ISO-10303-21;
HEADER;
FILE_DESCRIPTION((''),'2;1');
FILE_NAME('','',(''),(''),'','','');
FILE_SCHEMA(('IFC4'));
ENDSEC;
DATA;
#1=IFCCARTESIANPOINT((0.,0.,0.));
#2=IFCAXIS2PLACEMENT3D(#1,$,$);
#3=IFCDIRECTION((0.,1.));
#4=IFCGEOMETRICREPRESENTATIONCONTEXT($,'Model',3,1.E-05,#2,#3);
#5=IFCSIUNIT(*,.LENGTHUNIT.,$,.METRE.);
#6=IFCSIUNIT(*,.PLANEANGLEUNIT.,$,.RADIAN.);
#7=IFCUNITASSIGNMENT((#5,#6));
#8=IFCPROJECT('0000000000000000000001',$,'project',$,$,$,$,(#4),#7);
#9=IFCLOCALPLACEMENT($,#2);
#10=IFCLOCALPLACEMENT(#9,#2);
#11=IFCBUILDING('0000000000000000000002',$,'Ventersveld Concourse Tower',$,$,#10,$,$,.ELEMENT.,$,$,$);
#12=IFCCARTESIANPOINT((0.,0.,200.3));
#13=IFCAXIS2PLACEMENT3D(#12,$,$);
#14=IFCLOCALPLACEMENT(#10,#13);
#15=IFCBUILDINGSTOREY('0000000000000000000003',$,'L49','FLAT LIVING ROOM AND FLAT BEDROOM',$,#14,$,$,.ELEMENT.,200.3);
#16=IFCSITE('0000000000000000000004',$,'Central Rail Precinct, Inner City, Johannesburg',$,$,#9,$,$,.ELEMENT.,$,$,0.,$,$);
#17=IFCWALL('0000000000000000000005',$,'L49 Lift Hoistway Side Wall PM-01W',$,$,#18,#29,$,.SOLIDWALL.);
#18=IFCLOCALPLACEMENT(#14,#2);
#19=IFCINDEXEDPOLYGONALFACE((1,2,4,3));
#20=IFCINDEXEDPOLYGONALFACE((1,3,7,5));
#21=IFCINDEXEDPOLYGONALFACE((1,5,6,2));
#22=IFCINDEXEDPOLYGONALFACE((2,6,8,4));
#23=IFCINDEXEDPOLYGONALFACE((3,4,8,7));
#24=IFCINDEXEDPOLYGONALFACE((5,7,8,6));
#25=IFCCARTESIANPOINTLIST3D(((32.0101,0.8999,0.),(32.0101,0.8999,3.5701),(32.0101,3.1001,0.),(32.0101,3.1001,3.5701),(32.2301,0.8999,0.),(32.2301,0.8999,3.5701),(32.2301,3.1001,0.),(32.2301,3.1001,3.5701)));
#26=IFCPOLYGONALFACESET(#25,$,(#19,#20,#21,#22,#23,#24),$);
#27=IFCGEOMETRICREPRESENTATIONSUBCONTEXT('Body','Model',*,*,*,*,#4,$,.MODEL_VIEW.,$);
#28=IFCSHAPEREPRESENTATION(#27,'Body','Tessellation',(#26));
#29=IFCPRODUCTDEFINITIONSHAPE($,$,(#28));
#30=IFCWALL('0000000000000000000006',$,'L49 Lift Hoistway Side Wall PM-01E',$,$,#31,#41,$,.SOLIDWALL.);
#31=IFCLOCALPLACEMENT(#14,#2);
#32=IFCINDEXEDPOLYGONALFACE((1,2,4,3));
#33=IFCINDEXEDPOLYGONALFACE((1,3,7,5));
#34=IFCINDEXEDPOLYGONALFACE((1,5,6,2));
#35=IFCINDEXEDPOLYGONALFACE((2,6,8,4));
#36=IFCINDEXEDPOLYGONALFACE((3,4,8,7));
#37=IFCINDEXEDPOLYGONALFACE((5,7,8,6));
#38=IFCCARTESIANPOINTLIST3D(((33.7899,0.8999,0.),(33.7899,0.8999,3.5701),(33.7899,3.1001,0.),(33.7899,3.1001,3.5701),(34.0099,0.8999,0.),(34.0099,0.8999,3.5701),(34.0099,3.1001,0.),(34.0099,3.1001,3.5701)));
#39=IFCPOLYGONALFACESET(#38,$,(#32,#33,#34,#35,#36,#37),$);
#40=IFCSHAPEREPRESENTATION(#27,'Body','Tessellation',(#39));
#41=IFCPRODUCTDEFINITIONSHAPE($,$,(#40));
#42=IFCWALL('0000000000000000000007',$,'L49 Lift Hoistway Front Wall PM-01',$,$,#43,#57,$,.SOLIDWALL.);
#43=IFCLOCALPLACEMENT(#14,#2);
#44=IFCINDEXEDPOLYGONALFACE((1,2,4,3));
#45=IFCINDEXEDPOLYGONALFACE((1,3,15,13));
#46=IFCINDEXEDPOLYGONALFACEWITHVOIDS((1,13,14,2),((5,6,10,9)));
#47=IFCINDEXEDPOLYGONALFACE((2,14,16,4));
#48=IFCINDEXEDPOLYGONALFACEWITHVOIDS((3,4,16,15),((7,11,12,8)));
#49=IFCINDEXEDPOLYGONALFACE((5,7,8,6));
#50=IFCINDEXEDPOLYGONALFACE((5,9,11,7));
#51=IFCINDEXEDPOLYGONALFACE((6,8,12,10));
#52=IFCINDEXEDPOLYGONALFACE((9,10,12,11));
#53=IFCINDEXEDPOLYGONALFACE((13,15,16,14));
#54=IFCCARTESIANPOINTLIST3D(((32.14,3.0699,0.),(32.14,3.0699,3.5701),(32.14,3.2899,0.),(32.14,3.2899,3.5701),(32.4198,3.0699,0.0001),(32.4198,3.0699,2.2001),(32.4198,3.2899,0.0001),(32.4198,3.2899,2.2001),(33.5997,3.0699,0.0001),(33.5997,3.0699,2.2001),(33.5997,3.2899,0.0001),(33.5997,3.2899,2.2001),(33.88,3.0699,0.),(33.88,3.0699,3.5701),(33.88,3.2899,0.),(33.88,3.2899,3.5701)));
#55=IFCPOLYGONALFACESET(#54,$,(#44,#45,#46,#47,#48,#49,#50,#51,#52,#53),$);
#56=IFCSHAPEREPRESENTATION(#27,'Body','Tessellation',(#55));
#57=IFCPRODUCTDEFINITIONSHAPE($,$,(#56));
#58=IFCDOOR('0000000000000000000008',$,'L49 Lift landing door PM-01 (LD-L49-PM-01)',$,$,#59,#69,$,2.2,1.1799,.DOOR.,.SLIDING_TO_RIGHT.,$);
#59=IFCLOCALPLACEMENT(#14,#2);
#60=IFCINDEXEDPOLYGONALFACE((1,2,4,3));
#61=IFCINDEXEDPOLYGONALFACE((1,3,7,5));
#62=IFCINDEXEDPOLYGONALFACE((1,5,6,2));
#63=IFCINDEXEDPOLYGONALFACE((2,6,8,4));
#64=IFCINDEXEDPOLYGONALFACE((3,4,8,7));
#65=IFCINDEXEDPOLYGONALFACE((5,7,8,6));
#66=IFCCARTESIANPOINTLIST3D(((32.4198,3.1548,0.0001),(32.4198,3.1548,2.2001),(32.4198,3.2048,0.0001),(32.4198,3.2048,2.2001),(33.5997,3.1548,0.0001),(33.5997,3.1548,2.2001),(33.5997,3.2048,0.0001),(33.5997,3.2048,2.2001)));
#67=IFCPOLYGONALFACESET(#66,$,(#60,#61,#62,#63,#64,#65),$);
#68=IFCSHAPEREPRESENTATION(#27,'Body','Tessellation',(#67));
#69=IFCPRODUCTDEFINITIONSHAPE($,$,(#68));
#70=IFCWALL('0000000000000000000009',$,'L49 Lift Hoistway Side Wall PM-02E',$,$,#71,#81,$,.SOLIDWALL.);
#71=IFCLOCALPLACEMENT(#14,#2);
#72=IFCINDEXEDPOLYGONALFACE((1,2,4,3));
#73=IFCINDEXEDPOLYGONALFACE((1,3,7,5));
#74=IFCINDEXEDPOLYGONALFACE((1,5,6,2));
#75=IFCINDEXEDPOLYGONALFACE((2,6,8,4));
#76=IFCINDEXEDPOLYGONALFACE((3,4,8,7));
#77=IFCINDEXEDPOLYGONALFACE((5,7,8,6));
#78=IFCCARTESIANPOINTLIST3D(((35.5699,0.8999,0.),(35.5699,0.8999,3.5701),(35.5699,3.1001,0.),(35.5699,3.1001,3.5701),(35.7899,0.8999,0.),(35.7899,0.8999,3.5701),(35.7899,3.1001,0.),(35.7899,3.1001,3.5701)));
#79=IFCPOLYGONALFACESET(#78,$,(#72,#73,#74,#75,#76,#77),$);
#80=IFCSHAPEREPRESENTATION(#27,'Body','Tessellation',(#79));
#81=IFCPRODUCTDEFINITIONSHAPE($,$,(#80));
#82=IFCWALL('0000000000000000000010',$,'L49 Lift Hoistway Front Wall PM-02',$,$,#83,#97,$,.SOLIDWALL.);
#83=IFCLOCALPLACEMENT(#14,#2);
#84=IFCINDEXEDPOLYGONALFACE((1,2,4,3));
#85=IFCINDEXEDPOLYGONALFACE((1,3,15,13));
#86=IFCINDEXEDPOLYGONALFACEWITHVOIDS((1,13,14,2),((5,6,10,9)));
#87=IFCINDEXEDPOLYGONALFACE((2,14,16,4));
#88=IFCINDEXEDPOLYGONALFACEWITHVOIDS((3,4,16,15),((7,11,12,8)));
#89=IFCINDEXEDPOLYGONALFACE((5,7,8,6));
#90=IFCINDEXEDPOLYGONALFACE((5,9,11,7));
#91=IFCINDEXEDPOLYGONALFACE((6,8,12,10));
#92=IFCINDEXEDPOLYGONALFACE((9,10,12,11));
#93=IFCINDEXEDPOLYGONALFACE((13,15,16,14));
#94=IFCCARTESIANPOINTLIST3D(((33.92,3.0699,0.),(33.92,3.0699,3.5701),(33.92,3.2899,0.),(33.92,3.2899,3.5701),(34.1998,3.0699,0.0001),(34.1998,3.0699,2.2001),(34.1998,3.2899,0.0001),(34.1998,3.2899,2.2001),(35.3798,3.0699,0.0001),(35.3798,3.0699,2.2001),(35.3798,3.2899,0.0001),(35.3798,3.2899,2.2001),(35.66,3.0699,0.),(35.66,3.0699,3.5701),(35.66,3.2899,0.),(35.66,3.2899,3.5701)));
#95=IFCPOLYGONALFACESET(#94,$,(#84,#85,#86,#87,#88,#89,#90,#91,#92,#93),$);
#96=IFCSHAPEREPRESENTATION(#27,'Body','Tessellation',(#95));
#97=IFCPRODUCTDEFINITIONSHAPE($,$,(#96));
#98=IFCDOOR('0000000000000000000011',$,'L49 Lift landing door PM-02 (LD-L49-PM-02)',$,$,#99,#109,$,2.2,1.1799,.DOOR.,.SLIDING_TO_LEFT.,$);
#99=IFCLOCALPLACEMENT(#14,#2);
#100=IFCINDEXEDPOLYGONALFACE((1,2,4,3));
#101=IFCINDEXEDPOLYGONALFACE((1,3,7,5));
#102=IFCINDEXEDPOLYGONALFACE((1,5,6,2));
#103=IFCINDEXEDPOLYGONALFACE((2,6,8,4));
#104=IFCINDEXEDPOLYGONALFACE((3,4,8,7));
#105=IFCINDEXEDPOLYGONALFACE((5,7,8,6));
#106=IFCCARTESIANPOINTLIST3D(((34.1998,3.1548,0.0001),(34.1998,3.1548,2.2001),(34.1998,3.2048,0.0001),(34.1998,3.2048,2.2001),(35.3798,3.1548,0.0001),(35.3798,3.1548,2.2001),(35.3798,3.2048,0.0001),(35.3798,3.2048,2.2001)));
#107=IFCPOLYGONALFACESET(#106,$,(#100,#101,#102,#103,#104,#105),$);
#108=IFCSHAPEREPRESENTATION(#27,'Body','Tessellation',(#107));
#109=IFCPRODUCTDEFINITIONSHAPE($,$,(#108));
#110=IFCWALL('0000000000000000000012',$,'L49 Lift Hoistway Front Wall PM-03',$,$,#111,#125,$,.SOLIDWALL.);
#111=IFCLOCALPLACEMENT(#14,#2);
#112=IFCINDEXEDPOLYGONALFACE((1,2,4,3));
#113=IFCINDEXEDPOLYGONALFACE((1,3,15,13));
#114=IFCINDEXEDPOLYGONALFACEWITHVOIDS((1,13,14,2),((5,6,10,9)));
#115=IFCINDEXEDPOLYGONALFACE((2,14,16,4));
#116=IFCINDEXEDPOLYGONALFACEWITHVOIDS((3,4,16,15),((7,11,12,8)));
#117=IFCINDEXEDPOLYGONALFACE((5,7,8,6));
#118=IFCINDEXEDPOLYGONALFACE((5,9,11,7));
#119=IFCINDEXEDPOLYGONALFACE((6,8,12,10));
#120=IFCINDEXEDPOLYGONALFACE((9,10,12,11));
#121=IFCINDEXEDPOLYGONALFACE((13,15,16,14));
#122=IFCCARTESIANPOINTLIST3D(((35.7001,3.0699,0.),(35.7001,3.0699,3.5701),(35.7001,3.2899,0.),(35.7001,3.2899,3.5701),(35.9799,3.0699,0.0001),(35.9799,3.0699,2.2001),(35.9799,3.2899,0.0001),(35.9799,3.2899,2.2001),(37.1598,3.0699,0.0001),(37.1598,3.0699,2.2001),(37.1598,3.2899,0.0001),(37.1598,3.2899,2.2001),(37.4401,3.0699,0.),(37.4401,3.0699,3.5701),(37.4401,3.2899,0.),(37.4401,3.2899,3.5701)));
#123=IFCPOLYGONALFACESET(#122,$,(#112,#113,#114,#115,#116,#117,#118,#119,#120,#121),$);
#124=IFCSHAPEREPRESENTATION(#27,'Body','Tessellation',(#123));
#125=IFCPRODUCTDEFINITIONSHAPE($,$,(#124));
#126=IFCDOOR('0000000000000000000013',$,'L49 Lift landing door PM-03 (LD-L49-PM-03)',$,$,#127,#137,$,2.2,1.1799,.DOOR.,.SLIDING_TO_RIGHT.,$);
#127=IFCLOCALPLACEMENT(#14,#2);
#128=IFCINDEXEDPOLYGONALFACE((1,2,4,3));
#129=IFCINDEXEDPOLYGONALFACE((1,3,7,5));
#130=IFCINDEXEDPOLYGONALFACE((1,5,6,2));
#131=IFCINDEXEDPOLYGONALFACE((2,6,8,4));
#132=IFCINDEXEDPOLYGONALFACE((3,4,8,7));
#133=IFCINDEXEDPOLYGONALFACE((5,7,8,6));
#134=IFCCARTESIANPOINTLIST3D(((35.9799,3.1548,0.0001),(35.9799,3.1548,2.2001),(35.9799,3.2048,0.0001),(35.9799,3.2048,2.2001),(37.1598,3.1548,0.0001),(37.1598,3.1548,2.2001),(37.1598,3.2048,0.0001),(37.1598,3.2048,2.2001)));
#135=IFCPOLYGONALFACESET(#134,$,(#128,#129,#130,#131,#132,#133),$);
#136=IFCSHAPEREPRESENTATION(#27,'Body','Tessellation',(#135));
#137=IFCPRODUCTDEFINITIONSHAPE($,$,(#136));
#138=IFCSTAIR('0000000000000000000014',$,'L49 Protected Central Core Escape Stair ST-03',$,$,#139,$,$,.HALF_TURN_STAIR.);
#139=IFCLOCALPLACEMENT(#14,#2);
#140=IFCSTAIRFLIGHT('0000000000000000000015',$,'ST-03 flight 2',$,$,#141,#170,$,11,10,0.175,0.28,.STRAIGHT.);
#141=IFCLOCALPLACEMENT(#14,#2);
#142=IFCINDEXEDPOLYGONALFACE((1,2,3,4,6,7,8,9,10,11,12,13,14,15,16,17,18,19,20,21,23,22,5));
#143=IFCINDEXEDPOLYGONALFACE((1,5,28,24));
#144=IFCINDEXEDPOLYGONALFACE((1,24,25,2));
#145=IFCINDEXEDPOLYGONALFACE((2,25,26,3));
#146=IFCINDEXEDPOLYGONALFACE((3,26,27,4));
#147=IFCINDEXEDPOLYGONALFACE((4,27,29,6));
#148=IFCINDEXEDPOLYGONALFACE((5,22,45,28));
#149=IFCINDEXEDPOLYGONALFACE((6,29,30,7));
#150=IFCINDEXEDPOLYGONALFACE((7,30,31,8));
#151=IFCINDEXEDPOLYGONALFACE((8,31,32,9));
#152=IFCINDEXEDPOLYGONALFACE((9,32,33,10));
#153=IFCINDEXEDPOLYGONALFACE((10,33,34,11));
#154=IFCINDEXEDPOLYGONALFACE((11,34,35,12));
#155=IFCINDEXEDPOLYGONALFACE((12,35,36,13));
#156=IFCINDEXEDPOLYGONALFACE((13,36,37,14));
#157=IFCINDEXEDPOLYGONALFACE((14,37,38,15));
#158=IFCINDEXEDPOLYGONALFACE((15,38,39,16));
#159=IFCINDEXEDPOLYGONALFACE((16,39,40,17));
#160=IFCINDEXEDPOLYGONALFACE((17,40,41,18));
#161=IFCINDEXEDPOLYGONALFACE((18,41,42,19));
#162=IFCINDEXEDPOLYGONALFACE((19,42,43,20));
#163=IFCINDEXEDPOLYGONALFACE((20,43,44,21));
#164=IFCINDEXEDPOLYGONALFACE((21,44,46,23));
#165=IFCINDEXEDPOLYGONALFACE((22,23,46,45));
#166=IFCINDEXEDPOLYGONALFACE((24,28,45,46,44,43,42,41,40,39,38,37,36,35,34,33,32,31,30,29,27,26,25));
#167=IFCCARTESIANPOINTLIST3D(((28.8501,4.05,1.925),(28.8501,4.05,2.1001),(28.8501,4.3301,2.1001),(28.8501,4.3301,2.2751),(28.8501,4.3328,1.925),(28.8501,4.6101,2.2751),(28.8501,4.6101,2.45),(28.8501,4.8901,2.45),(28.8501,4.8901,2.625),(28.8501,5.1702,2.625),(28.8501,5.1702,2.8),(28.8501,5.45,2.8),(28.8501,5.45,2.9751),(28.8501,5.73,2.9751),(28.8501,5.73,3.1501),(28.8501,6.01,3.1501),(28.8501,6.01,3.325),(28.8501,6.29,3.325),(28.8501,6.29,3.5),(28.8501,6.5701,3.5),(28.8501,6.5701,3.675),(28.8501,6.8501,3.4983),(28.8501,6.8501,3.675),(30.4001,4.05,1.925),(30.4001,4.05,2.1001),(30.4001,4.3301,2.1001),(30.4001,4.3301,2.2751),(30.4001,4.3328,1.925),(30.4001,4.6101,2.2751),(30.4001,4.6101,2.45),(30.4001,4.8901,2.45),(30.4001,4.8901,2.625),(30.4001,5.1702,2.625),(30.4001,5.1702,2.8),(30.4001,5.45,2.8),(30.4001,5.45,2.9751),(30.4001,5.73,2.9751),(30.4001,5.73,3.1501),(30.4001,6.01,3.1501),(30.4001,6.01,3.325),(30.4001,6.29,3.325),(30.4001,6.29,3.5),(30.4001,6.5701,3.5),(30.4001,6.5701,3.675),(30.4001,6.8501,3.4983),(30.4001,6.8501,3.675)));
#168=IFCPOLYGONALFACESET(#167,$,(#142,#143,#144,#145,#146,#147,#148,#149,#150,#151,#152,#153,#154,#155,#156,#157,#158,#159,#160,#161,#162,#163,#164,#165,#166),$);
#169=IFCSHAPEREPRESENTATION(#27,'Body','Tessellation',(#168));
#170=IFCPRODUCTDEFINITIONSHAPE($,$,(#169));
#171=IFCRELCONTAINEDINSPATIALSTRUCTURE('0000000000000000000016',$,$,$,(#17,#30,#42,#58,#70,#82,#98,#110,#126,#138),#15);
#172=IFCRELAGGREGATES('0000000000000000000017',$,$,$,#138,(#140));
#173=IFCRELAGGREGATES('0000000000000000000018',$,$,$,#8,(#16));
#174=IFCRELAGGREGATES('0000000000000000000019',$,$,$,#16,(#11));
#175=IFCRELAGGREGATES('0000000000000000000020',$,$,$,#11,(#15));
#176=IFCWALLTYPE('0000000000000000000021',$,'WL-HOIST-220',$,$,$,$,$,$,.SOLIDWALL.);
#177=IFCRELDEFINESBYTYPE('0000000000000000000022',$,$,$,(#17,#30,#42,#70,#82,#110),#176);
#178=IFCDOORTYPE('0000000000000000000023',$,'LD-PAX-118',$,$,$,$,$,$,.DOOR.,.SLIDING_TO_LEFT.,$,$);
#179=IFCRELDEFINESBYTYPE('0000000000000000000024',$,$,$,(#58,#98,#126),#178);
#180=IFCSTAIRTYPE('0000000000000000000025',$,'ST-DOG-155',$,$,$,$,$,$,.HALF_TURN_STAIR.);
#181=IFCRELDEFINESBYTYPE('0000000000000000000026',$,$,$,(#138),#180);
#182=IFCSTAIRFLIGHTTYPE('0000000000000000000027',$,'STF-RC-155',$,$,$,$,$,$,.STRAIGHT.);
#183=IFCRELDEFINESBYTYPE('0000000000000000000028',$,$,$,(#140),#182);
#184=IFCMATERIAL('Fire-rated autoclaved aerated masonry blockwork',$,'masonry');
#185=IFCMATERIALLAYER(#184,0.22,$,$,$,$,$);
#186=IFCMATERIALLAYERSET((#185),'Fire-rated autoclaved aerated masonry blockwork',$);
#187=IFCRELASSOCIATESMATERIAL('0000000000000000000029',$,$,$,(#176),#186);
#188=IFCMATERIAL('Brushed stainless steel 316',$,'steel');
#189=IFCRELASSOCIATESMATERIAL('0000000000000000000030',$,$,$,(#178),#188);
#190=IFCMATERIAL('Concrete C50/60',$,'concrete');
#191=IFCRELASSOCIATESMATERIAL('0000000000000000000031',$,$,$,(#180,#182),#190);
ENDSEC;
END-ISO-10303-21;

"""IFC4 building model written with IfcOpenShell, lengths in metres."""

from ifc_helpers import new_model, si_unit, direction, frame, frame_2d, origin, place, context, subcontext, project, spatial, polyline, rectangle, outline, extrude, material, layer, layer_set, type_object, element, fill, aggregate, save


model = new_model("IFC4")

# Units and contexts
model_context = context("Model", 3, precision=1e-05, world=origin(), true_north=direction((0.0, 1.0)))
body_context = subcontext(model_context, "Body", "Model", "MODEL_VIEW")
ifc_project = project(units=[si_unit("LENGTHUNIT", "METRE"), si_unit("PLANEANGLEUNIT", "RADIAN")], contexts=[model_context])

# Site, building, storey
site_placement = place(None, origin())
site = spatial("IfcSite", under=ifc_project, at=site_placement, Name="Central Rail Precinct, Inner City, Johannesburg", CompositionType="ELEMENT", RefElevation=0.0)
building_placement = place(site_placement, origin())
building = spatial("IfcBuilding", under=site, at=building_placement, Name="Ventersveld Concourse Tower", CompositionType="ELEMENT")
storey_placement = place(building_placement, frame((0.0, 0.0, 200.3)))
storey = spatial("IfcBuildingStorey", under=building, at=storey_placement, Name="L49", Description="FLAT LIVING ROOM AND FLAT BEDROOM", CompositionType="ELEMENT", Elevation=200.3)

# Shared definitions
ifc_material_1 = material(Name="Concrete C50/60", Category="concrete")

# Walls
ifc_material_2 = material(Name="Fire-rated autoclaved aerated masonry blockwork", Category="masonry")
ifc_layer_1 = layer(ifc_material_2, 0.22)
ifc_layer_set_1 = layer_set([ifc_layer_1], Name="Fire-rated autoclaved aerated masonry blockwork")
wall_type_1 = type_object("IfcWallType", Name="WL-HOIST-220", PredefinedType="SOLIDWALL", material=ifc_layer_set_1)
for number, where, z_axis, x_axis, name in (
    (1, (32.1201, 0.8999, 0.0), (0.0, 0.0, 1.0), (0.0, 1.0, 0.0), "L49 Lift Hoistway Side Wall PM-01W"),
    (2, (33.8999, 0.8999, 0.0), (0.0, 0.0, 1.0), (0.0, 1.0, 0.0), "L49 Lift Hoistway Side Wall PM-01E"),
):
    element("IfcWall", number, at=place(storey_placement, frame(where, z_axis=z_axis, x_axis=x_axis)), inside=storey, type_object=wall_type_1, Name=name, PredefinedType="SOLIDWALL", context=body_context, shape_type="SweptSolid", body=[
        extrude(rectangle(XDim=2.2002, YDim=0.22, at=frame_2d((1.1001, 0.0))), origin(), (0.0, 0.0, 1.0), 3.5701),
    ])

# Wall, opening, door
wall_1_placement = place(storey_placement, frame((32.1399, 3.1799, 0.0), z_axis=(0.0, 0.0, 1.0), x_axis=(1.0, 0.0, 0.0)))
wall_1 = element("IfcWall", 3, at=wall_1_placement, inside=storey, type_object=wall_type_1, Name="L49 Lift Hoistway Front Wall PM-01", PredefinedType="SOLIDWALL", context=body_context, shape_type="SweptSolid", body=[
    extrude(rectangle(XDim=1.74, YDim=0.22, at=frame_2d((0.8701, 0.0))), origin(), (0.0, 0.0, 1.0), 3.5701),
])
opening_1_placement = place(wall_1_placement, frame((0.28, 0.0, 0.0)))
opening_1 = element("IfcOpeningElement", 4, at=opening_1_placement, cuts=wall_1, PredefinedType="OPENING", context=body_context, shape_type="SweptSolid", body=[
    extrude(rectangle(XDim=1.1799, YDim=2.2, at=frame_2d((0.5898, 1.1001))), frame((0.0, 0.1201, 0.0), z_axis=(0.0, -1.0, 0.0), x_axis=(1.0, 0.0, 0.0)), (0.0, 0.0, 1.0), 0.24),
])
ifc_material_3 = material(Name="Brushed stainless steel 316", Category="steel")
door_type = type_object("IfcDoorType", Name="LD-PAX-118", OperationType="SLIDING_TO_LEFT", PredefinedType="DOOR", material=ifc_material_3)
door_1_placement = place(opening_1_placement, origin())
door_1 = element("IfcDoor", 5, at=door_1_placement, inside=storey, type_object=door_type, Name="L49 Lift landing door PM-01 (LD-L49-PM-01)", OperationType="SLIDING_TO_RIGHT", OverallHeight=2.2, OverallWidth=1.1799, PredefinedType="DOOR", context=body_context, shape_type="SweptSolid", body=[
    extrude(rectangle(XDim=1.1799, YDim=2.2, at=frame_2d((0.5898, 1.1001))), frame((0.0, 0.0249, 0.0), z_axis=(0.0, -1.0, 0.0), x_axis=(1.0, 0.0, 0.0)), (0.0, 0.0, 1.0), 0.05),
])
fill(opening_1, door_1)

# Wall
wall_2_placement = place(storey_placement, frame((35.6799, 0.8999, 0.0), z_axis=(0.0, 0.0, 1.0), x_axis=(0.0, 1.0, 0.0)))
element("IfcWall", 6, at=wall_2_placement, inside=storey, type_object=wall_type_1, Name="L49 Lift Hoistway Side Wall PM-02E", PredefinedType="SOLIDWALL", context=body_context, shape_type="SweptSolid", body=[
    extrude(rectangle(XDim=2.2002, YDim=0.22, at=frame_2d((1.1001, 0.0))), origin(), (0.0, 0.0, 1.0), 3.5701),
])

# Walls, openings, doors
wall_3_placement = place(storey_placement, frame((33.9199, 3.1799, 0.0), z_axis=(0.0, 0.0, 1.0), x_axis=(1.0, 0.0, 0.0)))
wall_3 = element("IfcWall", 7, at=wall_3_placement, inside=storey, type_object=wall_type_1, Name="L49 Lift Hoistway Front Wall PM-02", PredefinedType="SOLIDWALL", context=body_context, shape_type="SweptSolid", body=[
    extrude(rectangle(XDim=1.74, YDim=0.22, at=frame_2d((0.8701, 0.0))), origin(), (0.0, 0.0, 1.0), 3.5701),
])
opening_2_placement = place(wall_3_placement, frame((0.28, 0.0, 0.0)))
opening_2 = element("IfcOpeningElement", 8, at=opening_2_placement, cuts=wall_3, PredefinedType="OPENING", context=body_context, shape_type="SweptSolid", body=[
    extrude(rectangle(XDim=1.1799, YDim=2.2, at=frame_2d((0.5898, 1.1001))), frame((0.0, 0.1201, 0.0), z_axis=(0.0, -1.0, 0.0), x_axis=(1.0, 0.0, 0.0)), (0.0, 0.0, 1.0), 0.24),
])
door_2_placement = place(opening_2_placement, origin())
door_2 = element("IfcDoor", 9, at=door_2_placement, inside=storey, type_object=door_type, Name="L49 Lift landing door PM-02 (LD-L49-PM-02)", OperationType="SLIDING_TO_LEFT", OverallHeight=2.2, OverallWidth=1.1799, PredefinedType="DOOR", context=body_context, shape_type="SweptSolid", body=[
    extrude(rectangle(XDim=1.1799, YDim=2.2, at=frame_2d((0.5898, 1.1001))), frame((0.0, 0.0249, 0.0), z_axis=(0.0, -1.0, 0.0), x_axis=(1.0, 0.0, 0.0)), (0.0, 0.0, 1.0), 0.05),
])
fill(opening_2, door_2)
wall_4_placement = place(storey_placement, frame((35.7, 3.1799, 0.0), z_axis=(0.0, 0.0, 1.0), x_axis=(1.0, 0.0, 0.0)))
wall_4 = element("IfcWall", 10, at=wall_4_placement, inside=storey, type_object=wall_type_1, Name="L49 Lift Hoistway Front Wall PM-03", PredefinedType="SOLIDWALL", context=body_context, shape_type="SweptSolid", body=[
    extrude(rectangle(XDim=1.74, YDim=0.22, at=frame_2d((0.8701, 0.0))), origin(), (0.0, 0.0, 1.0), 3.5701),
])
opening_3_placement = place(wall_4_placement, frame((0.28, 0.0, 0.0)))
opening_3 = element("IfcOpeningElement", 11, at=opening_3_placement, cuts=wall_4, PredefinedType="OPENING", context=body_context, shape_type="SweptSolid", body=[
    extrude(rectangle(XDim=1.1799, YDim=2.2, at=frame_2d((0.5898, 1.1001))), frame((0.0, 0.1201, 0.0), z_axis=(0.0, -1.0, 0.0), x_axis=(1.0, 0.0, 0.0)), (0.0, 0.0, 1.0), 0.24),
])
door_3_placement = place(opening_3_placement, origin())
door_3 = element("IfcDoor", 12, at=door_3_placement, inside=storey, type_object=door_type, Name="L49 Lift landing door PM-03 (LD-L49-PM-03)", OperationType="SLIDING_TO_RIGHT", OverallHeight=2.2, OverallWidth=1.1799, PredefinedType="DOOR", context=body_context, shape_type="SweptSolid", body=[
    extrude(rectangle(XDim=1.1799, YDim=2.2, at=frame_2d((0.5898, 1.1001))), frame((0.0, 0.0249, 0.0), z_axis=(0.0, -1.0, 0.0), x_axis=(1.0, 0.0, 0.0)), (0.0, 0.0, 1.0), 0.05),
])
fill(opening_3, door_3)

# Stair, stair flight
stair_type = type_object("IfcStairType", Name="ST-DOG-155", PredefinedType="HALF_TURN_STAIR", material=ifc_material_1)
stair_placement = place(storey_placement, origin())
stair = element("IfcStair", 13, at=stair_placement, inside=storey, type_object=stair_type, Name="L49 Protected Central Core Escape Stair ST-03", PredefinedType="HALF_TURN_STAIR")
stair_flight_type = type_object("IfcStairFlightType", Name="STF-RC-155", PredefinedType="STRAIGHT", material=ifc_material_1)
stair_flight_placement = place(storey_placement, frame((29.625, 4.05, 1.925), z_axis=(0.0, 0.0, 1.0), x_axis=(0.0, 1.0, 0.0)))
stair_flight = element("IfcStairFlight", 14, at=stair_flight_placement, type_object=stair_flight_type, Name="ST-03 flight 2", NumberOfRisers=11, NumberOfTreads=10, PredefinedType="STRAIGHT", RiserHeight=0.175, TreadLength=0.28, context=body_context, shape_type="SweptSolid", body=[
    extrude(outline(polyline([(0.0, 0.0), (0.0, 0.175), (0.28, 0.175), (0.28, 0.3501), (0.5601, 0.3501), (0.5601, 0.5249), (0.8401, 0.5249), (0.8401, 0.7), (1.1201, 0.7), (1.1201, 0.875), (1.3999, 0.875), (1.3999, 1.05), (1.6799, 1.05), (1.6799, 1.2251), (1.96, 1.2251), (1.96, 1.3999), (2.24, 1.3999), (2.24, 1.575), (2.52, 1.575), (2.52, 1.75), (2.8, 1.75), (2.8, 1.925), (2.8, 1.5732), (0.2827, 0.0), (0.0, 0.0)])), frame((0.0, 0.7749, 0.0), z_axis=(0.0, -1.0, 0.0), x_axis=(1.0, 0.0, 0.0)), (0.0, 0.0, 1.0), 1.55),
])
aggregate(stair, [stair_flight])

save(model, "model.ifc")
